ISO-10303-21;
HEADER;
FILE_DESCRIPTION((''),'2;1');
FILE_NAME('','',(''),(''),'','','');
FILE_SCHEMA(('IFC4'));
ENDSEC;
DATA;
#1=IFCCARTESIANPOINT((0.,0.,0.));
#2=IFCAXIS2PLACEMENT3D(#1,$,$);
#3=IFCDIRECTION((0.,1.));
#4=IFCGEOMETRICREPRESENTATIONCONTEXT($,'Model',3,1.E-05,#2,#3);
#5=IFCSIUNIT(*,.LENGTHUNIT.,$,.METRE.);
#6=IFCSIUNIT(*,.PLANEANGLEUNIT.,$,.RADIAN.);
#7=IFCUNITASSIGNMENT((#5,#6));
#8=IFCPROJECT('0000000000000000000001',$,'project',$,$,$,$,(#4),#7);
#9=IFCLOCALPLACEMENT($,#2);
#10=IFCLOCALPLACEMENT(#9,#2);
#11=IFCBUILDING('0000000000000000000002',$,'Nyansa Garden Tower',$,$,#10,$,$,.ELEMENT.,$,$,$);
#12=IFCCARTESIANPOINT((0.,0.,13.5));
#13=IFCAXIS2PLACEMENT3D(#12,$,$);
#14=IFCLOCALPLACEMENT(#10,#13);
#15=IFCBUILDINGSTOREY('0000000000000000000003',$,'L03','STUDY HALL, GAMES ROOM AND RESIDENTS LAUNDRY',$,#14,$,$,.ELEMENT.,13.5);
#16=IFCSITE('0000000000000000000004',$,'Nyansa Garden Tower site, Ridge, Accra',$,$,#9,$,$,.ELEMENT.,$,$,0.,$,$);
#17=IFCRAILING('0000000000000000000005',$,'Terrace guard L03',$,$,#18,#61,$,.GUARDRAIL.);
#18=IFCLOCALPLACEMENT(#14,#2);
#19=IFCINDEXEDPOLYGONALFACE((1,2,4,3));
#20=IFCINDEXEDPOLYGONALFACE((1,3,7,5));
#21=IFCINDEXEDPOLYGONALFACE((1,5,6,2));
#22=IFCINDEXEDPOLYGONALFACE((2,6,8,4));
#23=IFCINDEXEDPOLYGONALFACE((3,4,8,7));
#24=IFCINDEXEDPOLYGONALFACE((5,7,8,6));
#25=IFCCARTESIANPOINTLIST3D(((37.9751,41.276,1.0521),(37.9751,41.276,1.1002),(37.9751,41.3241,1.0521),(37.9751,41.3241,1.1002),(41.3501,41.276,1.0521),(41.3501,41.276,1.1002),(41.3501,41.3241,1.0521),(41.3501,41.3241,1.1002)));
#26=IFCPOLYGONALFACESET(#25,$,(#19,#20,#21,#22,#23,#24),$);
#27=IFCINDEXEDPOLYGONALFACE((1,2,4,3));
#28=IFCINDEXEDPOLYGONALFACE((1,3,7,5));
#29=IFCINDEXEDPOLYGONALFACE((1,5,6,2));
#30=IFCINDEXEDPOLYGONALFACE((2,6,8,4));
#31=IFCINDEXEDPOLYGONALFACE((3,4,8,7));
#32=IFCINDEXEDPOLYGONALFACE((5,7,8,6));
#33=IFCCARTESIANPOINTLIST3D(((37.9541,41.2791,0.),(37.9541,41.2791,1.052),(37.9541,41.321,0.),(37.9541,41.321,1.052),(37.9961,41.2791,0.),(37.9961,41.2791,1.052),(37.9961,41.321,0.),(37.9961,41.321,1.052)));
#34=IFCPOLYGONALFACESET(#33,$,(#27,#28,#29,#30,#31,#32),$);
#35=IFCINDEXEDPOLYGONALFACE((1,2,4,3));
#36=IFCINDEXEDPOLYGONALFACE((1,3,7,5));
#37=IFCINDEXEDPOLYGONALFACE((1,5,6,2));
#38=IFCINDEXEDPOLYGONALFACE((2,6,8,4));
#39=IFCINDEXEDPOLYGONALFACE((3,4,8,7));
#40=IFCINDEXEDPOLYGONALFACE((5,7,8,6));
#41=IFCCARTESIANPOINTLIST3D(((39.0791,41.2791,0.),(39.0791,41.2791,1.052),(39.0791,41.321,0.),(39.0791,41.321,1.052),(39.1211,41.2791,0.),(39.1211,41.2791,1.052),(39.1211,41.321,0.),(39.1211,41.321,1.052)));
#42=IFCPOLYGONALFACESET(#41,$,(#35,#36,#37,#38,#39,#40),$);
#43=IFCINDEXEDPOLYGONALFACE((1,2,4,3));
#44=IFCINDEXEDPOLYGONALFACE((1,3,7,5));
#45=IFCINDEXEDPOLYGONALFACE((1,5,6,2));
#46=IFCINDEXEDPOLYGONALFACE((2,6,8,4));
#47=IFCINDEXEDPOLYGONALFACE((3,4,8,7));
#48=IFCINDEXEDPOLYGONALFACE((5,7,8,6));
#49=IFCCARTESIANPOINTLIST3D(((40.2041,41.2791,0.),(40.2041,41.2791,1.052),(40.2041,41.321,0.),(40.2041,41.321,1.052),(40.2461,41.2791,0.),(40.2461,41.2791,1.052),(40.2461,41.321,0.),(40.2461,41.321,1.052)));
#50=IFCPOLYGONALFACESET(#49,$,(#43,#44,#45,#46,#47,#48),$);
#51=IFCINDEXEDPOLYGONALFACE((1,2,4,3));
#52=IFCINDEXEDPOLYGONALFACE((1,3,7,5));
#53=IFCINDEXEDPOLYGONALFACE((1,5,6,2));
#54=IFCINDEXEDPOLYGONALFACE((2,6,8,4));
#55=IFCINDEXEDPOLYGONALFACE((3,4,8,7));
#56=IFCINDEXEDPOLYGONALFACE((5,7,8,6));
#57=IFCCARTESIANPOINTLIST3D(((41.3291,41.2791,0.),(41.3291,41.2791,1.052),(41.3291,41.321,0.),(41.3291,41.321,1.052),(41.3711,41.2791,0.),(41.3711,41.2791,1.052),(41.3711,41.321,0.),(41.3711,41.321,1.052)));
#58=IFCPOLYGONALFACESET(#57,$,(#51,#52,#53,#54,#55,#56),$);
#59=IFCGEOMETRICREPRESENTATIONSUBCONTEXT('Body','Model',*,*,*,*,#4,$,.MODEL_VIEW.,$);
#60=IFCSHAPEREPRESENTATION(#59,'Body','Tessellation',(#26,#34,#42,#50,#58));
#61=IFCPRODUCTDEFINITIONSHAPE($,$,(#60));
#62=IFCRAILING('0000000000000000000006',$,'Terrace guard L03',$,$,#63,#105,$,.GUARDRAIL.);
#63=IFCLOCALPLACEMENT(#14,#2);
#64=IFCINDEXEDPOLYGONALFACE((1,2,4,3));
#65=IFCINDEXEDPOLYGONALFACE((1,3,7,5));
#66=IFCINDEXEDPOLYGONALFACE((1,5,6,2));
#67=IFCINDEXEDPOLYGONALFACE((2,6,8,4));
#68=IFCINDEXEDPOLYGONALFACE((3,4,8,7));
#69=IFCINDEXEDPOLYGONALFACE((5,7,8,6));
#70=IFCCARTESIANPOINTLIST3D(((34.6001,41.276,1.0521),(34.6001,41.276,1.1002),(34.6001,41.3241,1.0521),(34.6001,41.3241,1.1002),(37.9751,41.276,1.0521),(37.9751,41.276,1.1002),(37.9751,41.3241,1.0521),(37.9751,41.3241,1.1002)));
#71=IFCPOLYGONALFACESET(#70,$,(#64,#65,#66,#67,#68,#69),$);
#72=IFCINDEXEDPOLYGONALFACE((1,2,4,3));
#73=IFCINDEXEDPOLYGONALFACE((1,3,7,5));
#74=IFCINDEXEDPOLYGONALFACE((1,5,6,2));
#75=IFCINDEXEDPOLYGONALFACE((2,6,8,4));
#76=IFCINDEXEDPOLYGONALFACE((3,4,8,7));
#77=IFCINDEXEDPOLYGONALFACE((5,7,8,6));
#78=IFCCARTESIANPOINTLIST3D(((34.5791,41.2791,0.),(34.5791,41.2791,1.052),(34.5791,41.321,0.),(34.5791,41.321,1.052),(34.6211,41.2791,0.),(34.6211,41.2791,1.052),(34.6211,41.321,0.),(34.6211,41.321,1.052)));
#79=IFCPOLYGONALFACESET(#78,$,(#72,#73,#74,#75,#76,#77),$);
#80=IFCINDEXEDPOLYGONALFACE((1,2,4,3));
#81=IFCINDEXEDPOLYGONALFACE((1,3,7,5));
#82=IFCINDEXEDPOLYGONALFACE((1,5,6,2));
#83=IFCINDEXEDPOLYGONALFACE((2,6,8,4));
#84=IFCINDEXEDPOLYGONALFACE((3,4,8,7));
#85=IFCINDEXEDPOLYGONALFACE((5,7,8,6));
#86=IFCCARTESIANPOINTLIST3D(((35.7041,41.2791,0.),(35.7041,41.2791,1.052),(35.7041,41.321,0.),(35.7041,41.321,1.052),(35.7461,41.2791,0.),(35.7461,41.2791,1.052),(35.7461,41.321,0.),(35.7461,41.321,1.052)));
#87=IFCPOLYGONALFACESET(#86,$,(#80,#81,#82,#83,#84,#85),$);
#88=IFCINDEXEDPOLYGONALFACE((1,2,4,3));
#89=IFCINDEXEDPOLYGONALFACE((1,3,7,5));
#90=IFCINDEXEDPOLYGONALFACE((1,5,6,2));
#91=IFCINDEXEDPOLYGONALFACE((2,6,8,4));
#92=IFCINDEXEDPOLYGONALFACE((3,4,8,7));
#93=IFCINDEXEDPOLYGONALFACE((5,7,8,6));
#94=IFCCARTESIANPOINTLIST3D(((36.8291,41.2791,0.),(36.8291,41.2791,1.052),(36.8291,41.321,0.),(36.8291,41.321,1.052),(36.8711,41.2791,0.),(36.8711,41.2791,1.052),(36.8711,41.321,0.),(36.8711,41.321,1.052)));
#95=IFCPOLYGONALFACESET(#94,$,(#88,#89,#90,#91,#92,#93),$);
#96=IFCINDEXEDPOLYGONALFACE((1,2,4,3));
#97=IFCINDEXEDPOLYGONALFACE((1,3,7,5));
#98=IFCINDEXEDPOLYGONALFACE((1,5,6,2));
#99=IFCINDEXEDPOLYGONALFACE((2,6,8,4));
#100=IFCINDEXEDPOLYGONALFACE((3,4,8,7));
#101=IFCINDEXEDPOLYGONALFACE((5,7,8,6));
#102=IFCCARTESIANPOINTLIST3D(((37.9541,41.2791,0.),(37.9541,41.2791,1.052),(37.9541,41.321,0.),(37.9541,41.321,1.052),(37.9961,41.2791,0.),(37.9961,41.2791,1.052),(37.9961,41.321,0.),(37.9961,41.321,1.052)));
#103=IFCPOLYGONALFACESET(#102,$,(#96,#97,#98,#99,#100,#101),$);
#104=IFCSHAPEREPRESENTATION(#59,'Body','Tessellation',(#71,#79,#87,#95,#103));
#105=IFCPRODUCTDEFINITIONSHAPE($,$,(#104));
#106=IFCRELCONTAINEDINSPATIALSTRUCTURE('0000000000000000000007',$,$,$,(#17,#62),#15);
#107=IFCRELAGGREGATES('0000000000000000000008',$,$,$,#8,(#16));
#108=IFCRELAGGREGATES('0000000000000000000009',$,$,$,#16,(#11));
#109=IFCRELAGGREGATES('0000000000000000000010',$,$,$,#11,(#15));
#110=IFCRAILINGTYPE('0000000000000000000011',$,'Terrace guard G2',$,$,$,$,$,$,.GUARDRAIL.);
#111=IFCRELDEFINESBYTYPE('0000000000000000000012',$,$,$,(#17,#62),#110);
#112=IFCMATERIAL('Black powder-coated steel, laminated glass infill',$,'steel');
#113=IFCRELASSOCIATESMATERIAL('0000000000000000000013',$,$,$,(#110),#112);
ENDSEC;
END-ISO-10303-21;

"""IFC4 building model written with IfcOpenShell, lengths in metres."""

from ifc_helpers import new_model, si_unit, direction, frame, origin, origin_2d, place, context, subcontext, project, spatial, rectangle, extrude, material, type_object, element, save


model = new_model("IFC4")

# Units and contexts
model_context = context("Model", 3, precision=1e-05, world=origin(), true_north=direction((0.0, 1.0)))
body_context = subcontext(model_context, "Body", "Model", "MODEL_VIEW")
ifc_project = project(units=[si_unit("LENGTHUNIT", "METRE"), si_unit("PLANEANGLEUNIT", "RADIAN")], contexts=[model_context])

# Site, building, storey
site_placement = place(None, origin())
site = spatial("IfcSite", under=ifc_project, at=site_placement, Name="Nyansa Garden Tower site, Ridge, Accra", CompositionType="ELEMENT", RefElevation=0.0)
building_placement = place(site_placement, origin())
building = spatial("IfcBuilding", under=site, at=building_placement, Name="Nyansa Garden Tower", CompositionType="ELEMENT")
storey_placement = place(building_placement, frame((0.0, 0.0, 13.5)))
storey = spatial("IfcBuildingStorey", under=building, at=storey_placement, Name="L03", Description="STUDY HALL, GAMES ROOM AND RESIDENTS LAUNDRY", CompositionType="ELEMENT", Elevation=13.5)

# Railings
ifc_material_1 = material(Name="Black powder-coated steel, laminated glass infill", Category="steel")
railing_type = type_object("IfcRailingType", Name="Terrace guard G2", PredefinedType="GUARDRAIL", material=ifc_material_1)
for number, where, name in (
    (1, (37.9751, 41.3, 0.0), "Terrace guard L03"),
    (2, (34.6001, 41.3, 0.0), "Terrace guard L03"),
):
    element("IfcRailing", number, at=place(storey_placement, frame(where)), inside=storey, type_object=railing_type, Name=name, PredefinedType="GUARDRAIL", context=body_context, shape_type="SweptSolid", body=[
        extrude(rectangle(XDim=0.0481, YDim=0.0481, at=origin_2d()), frame((0.0, 0.0, 1.0762), z_axis=(1.0, 0.0, 0.0), x_axis=(0.0, 1.0, 0.0)), (0.0, 0.0, 1.0), 3.375),
        extrude(rectangle(XDim=0.042, YDim=0.042, at=origin_2d()), origin(), (0.0, 0.0, 1.0), 1.052),
        extrude(rectangle(XDim=0.042, YDim=0.042, at=origin_2d()), frame((1.125, 0.0, 0.0)), (0.0, 0.0, 1.0), 1.052),
        extrude(rectangle(XDim=0.042, YDim=0.042, at=origin_2d()), frame((2.25, 0.0, 0.0)), (0.0, 0.0, 1.0), 1.052),
        extrude(rectangle(XDim=0.042, YDim=0.042, at=origin_2d()), frame((3.375, 0.0, 0.0)), (0.0, 0.0, 1.0), 1.052),
    ])

save(model, "model.ifc")
